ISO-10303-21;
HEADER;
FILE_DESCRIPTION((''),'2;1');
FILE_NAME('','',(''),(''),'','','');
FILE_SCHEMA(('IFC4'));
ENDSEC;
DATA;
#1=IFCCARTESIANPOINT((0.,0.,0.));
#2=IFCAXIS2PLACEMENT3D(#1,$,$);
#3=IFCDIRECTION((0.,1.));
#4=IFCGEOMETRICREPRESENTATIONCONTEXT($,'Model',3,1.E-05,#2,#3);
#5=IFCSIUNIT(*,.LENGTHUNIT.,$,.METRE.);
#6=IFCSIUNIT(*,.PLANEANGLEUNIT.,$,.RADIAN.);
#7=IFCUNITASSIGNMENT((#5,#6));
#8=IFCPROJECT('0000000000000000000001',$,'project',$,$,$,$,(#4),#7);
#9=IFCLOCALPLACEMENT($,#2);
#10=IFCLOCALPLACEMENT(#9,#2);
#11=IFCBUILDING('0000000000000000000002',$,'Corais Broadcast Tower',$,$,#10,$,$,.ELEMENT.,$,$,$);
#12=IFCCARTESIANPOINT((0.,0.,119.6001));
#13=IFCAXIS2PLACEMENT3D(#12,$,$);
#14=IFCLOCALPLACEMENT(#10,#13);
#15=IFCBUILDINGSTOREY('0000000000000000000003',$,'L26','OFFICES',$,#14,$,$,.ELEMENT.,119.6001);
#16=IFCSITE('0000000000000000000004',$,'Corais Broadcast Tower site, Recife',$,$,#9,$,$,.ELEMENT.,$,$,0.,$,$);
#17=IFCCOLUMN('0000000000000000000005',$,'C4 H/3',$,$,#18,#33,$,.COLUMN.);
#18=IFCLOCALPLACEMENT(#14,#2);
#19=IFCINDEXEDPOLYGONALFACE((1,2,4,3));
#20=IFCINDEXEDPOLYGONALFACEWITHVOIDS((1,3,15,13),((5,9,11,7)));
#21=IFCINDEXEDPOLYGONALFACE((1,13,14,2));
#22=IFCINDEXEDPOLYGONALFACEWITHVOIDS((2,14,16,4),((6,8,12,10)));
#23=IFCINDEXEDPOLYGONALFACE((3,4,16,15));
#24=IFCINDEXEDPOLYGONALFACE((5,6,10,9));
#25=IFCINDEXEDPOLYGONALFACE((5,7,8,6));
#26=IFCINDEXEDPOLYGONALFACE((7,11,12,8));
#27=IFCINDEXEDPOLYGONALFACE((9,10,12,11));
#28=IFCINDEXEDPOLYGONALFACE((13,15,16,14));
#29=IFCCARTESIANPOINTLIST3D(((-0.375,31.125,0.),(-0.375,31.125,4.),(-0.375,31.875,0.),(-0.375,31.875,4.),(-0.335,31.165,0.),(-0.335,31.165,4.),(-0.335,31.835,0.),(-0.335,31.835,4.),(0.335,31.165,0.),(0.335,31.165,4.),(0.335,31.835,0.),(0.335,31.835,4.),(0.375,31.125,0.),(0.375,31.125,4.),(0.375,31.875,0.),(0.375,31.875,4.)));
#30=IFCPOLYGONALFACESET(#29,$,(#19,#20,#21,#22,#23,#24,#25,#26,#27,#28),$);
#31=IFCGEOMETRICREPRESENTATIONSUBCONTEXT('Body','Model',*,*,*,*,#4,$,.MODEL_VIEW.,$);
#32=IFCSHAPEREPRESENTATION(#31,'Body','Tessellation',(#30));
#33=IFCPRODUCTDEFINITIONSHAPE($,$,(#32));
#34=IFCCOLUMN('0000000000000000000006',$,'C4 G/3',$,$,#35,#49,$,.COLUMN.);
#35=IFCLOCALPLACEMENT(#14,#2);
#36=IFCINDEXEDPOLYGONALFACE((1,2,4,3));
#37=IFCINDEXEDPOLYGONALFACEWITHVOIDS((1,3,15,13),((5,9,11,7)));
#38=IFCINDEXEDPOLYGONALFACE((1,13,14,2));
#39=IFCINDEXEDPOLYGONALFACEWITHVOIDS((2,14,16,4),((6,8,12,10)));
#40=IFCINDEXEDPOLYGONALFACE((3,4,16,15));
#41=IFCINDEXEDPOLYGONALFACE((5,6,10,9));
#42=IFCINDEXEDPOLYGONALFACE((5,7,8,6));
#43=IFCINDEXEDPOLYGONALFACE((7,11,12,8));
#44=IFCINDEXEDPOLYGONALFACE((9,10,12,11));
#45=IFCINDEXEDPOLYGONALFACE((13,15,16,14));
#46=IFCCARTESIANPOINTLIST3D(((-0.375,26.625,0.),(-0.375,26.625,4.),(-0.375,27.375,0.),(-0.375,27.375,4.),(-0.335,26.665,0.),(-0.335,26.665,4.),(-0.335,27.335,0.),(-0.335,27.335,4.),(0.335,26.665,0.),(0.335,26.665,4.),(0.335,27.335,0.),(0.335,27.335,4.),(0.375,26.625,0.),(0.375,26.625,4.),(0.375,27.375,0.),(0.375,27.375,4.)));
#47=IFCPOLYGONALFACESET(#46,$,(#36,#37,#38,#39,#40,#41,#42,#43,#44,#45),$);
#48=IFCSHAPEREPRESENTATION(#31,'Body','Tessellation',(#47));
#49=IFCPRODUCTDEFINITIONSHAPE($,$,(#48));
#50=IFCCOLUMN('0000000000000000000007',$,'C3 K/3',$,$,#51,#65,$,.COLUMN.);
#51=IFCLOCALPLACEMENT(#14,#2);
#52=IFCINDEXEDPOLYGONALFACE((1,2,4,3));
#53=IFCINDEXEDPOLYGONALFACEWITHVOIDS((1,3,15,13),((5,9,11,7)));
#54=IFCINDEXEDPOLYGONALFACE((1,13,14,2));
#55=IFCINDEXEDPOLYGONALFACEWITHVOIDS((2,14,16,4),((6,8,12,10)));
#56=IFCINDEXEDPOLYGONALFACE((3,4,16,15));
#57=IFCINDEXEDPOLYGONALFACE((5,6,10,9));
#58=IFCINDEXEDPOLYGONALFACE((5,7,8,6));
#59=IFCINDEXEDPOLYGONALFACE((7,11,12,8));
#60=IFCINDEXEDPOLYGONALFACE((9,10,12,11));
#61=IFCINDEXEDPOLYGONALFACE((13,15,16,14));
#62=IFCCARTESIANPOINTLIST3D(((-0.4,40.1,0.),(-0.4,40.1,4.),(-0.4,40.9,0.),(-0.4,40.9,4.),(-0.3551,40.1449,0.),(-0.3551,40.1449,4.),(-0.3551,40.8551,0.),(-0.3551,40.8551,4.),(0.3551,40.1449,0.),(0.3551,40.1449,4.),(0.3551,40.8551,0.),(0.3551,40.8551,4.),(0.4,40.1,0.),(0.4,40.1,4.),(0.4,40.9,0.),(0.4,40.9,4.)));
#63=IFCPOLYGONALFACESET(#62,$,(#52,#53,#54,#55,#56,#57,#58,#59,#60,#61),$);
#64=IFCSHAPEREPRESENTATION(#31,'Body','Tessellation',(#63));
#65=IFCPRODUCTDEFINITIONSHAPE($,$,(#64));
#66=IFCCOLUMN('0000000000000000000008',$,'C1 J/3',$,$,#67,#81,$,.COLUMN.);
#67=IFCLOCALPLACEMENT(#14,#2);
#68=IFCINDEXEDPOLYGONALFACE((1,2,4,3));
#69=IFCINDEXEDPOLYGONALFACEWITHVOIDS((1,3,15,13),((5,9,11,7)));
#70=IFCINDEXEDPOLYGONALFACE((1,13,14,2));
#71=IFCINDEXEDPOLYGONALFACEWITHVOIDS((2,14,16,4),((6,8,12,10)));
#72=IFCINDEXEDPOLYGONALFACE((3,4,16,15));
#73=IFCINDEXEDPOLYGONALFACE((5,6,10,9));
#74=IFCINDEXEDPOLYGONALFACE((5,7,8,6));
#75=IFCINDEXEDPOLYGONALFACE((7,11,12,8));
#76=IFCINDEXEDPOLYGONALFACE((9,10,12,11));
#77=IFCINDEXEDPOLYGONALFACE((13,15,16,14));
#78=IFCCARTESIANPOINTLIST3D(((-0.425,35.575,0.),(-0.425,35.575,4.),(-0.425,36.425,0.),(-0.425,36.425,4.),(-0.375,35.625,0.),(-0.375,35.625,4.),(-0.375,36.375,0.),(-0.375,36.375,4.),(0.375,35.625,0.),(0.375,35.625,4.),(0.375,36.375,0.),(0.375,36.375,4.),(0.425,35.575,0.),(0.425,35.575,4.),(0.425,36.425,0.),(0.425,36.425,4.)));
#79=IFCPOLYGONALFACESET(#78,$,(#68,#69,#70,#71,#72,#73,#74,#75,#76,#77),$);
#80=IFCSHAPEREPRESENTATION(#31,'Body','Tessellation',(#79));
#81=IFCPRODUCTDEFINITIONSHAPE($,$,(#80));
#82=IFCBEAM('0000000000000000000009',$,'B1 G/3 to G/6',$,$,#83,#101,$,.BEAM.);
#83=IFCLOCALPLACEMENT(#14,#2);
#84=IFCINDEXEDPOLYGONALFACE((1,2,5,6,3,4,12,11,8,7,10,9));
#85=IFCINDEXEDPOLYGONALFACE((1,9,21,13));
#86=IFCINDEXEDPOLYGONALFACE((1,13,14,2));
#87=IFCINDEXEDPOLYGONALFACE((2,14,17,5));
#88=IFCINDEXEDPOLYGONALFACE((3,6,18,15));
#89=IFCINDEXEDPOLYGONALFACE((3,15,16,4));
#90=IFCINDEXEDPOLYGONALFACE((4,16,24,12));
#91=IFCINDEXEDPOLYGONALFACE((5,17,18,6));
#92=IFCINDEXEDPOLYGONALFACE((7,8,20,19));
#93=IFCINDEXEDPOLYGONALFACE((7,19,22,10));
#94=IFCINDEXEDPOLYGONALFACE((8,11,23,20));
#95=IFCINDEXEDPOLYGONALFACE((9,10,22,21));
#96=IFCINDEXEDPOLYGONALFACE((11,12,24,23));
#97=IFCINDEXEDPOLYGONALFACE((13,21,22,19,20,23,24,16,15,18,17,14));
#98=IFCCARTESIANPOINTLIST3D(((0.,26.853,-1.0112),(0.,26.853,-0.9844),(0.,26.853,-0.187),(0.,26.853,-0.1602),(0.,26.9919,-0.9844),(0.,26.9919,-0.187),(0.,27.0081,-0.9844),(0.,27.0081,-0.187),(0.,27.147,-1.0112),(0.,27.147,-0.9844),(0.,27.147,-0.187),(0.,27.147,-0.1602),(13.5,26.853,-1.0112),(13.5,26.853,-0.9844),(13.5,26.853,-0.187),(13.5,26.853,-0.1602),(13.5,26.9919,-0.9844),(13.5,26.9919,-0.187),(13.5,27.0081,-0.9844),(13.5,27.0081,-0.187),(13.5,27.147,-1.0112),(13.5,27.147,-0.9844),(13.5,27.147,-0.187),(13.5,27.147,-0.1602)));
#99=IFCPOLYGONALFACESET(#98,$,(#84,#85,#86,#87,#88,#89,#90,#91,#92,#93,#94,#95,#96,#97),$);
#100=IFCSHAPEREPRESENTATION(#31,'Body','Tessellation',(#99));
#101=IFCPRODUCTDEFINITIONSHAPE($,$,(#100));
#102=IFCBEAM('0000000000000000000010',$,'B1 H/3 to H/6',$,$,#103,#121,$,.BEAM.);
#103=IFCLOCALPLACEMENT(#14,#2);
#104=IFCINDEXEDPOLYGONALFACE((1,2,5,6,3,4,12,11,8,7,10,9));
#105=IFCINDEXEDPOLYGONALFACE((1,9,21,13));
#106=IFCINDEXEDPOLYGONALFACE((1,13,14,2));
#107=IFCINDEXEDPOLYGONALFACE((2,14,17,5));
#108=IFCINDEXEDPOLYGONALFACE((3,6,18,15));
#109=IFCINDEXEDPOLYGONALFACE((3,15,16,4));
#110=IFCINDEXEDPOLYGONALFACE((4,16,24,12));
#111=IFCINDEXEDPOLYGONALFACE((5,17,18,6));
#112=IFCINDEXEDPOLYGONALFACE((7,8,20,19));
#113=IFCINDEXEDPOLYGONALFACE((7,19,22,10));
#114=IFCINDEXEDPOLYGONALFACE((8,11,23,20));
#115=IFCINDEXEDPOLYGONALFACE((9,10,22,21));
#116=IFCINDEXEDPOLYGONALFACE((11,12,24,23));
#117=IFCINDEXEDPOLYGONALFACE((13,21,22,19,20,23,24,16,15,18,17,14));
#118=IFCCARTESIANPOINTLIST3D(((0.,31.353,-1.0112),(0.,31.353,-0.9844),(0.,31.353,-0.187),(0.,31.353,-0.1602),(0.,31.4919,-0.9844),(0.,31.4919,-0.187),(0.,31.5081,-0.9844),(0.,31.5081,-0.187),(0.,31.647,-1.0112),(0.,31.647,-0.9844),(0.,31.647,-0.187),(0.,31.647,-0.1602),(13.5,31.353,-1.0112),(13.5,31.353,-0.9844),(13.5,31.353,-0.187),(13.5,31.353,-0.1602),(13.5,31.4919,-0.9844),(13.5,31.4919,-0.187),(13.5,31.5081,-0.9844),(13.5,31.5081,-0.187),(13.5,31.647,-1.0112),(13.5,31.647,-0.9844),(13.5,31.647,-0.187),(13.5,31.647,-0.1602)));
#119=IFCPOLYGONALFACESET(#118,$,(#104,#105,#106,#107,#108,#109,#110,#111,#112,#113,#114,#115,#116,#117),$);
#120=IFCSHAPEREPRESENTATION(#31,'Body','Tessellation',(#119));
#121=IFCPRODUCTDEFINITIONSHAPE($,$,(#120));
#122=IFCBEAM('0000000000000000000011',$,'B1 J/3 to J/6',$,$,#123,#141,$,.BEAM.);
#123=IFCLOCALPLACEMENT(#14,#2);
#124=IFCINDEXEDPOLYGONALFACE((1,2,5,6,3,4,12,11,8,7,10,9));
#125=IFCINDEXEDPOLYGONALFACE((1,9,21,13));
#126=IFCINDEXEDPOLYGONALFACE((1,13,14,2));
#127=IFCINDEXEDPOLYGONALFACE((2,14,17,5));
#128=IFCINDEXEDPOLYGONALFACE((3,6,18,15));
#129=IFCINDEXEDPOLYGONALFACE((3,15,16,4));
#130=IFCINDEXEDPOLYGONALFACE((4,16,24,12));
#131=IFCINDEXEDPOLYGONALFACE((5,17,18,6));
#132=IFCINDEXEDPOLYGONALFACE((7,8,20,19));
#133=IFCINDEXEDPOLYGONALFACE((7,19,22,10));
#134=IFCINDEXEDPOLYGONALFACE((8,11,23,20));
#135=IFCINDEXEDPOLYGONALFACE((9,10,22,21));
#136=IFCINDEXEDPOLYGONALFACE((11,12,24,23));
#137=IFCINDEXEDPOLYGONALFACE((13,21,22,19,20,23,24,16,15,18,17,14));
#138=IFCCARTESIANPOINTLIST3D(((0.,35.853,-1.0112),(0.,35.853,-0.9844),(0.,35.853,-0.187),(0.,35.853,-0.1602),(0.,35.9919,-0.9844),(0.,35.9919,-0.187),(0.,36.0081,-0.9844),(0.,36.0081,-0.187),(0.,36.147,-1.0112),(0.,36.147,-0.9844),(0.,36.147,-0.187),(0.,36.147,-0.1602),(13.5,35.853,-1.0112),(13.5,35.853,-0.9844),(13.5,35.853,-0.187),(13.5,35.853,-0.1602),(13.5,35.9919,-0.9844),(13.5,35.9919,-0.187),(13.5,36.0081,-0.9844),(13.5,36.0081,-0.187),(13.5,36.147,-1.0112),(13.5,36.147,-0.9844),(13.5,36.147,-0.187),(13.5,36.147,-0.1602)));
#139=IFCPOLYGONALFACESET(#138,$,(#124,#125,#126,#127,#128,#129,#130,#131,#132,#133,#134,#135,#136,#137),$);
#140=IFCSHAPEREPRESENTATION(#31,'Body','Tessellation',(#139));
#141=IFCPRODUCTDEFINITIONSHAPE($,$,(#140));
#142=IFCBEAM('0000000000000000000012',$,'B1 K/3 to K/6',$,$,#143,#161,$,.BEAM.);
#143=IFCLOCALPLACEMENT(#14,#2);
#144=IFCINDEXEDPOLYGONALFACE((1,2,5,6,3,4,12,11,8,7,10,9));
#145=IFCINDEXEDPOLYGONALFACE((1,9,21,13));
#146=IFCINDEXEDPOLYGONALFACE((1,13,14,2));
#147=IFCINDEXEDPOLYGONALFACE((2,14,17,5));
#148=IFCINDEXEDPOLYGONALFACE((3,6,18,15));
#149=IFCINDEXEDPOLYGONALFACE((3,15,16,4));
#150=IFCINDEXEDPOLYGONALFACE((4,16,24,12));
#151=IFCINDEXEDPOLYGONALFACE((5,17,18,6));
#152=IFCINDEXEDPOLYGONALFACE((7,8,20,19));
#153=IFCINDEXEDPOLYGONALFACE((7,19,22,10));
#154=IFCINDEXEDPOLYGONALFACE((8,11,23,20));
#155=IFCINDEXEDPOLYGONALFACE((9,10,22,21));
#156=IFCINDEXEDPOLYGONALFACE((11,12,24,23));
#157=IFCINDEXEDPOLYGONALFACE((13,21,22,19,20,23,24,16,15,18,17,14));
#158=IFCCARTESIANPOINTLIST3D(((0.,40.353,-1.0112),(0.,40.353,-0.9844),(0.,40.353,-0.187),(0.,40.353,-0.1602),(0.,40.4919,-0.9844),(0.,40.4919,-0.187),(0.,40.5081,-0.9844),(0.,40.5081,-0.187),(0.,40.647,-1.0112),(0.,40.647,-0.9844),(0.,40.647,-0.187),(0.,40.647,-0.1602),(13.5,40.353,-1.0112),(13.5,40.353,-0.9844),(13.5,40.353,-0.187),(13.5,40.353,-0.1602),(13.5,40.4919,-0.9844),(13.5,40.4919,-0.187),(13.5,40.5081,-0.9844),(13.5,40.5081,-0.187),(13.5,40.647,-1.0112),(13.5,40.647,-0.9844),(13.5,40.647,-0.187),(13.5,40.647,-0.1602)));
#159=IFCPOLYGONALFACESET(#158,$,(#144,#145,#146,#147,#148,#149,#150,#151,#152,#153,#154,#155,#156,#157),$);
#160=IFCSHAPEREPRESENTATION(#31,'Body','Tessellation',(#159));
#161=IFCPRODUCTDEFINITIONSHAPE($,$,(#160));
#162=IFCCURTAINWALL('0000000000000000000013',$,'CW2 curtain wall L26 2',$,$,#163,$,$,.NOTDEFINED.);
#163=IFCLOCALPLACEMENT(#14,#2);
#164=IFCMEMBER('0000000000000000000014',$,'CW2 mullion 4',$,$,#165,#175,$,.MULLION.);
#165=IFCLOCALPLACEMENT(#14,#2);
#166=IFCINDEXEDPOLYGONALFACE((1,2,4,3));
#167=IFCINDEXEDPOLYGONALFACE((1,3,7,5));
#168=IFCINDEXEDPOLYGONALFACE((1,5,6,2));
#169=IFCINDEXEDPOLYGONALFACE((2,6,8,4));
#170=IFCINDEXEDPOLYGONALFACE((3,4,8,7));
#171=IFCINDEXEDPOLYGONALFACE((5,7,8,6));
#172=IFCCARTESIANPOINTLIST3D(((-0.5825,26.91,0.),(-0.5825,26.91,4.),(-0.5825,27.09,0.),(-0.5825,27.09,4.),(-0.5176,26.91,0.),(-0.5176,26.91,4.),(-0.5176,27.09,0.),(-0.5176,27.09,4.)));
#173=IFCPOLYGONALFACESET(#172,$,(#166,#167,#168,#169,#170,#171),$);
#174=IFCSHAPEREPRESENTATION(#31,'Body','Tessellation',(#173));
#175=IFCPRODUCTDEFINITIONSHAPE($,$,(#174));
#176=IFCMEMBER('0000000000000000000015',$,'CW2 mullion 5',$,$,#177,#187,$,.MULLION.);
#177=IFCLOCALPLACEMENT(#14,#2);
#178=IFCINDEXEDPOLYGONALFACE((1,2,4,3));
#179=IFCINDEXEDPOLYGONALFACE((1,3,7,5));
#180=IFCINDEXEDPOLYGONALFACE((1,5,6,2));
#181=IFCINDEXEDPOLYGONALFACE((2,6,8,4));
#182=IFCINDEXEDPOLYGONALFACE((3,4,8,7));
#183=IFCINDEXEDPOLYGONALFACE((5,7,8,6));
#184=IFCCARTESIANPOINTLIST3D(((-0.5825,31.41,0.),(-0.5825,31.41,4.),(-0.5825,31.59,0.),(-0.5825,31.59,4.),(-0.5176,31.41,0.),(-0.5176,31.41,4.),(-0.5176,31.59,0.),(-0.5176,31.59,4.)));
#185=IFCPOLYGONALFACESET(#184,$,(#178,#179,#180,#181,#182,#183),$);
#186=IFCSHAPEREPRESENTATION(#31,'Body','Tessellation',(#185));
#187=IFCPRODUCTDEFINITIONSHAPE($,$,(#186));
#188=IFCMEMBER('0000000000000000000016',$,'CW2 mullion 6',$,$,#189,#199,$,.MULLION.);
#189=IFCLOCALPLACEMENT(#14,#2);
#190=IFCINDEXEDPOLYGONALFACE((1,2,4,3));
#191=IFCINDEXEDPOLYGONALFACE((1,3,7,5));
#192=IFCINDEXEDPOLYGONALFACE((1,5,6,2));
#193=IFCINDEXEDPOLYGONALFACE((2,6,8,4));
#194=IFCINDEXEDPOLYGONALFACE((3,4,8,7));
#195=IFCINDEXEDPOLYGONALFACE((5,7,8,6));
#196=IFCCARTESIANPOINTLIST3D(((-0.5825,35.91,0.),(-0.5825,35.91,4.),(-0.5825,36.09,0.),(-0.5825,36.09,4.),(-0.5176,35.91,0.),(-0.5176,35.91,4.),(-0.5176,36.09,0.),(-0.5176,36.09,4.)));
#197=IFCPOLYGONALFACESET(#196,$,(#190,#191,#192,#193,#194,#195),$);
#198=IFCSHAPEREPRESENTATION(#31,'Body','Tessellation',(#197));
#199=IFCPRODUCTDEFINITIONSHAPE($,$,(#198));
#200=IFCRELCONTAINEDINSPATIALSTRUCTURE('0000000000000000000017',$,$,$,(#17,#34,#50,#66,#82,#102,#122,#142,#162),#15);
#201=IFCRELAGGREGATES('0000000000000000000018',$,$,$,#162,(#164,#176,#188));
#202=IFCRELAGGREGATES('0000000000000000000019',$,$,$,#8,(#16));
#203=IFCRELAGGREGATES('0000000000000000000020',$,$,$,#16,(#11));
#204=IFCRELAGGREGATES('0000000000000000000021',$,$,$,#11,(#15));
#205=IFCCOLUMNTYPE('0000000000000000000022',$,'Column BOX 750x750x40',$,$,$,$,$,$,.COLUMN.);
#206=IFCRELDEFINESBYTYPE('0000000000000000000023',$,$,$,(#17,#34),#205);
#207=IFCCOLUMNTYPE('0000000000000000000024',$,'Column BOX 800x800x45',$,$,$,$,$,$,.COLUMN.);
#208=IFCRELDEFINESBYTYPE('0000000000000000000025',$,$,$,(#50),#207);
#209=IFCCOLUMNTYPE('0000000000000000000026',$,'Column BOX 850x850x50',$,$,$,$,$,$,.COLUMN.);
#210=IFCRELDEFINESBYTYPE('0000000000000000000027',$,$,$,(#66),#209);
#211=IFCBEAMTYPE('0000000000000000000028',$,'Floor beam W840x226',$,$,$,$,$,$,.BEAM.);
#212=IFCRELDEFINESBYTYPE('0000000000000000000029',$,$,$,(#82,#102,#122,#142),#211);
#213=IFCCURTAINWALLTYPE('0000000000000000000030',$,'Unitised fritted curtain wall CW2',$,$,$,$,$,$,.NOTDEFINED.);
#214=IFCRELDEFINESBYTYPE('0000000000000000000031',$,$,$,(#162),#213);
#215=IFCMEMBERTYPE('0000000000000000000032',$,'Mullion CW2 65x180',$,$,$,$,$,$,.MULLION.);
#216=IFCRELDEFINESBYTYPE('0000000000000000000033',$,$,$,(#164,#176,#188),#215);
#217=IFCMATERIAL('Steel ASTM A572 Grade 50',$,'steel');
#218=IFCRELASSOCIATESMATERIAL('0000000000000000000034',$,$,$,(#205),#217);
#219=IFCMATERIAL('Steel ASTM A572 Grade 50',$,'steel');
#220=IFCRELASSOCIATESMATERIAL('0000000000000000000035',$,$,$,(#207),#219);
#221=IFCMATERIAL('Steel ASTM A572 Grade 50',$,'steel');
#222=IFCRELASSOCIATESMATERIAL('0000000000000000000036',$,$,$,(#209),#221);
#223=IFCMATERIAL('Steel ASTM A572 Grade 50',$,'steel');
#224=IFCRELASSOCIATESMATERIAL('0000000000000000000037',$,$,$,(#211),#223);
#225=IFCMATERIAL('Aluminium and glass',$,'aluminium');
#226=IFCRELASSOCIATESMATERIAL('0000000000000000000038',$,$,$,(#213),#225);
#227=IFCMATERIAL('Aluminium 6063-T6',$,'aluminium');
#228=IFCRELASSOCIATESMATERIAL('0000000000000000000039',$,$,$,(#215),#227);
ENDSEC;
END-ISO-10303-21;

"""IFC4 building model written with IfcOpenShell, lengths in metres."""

from ifc_helpers import new_model, si_unit, direction, frame, origin, origin_2d, place, context, subcontext, project, spatial, rectangle, hollow_rectangle, i_section, extrude, material, material_profile, profile_set, type_object, element, aggregate, save


model = new_model("IFC4")

# Units and contexts
model_context = context("Model", 3, precision=1e-05, world=origin(), true_north=direction((0.0, 1.0)))
body_context = subcontext(model_context, "Body", "Model", "MODEL_VIEW")
ifc_project = project(units=[si_unit("LENGTHUNIT", "METRE"), si_unit("PLANEANGLEUNIT", "RADIAN")], contexts=[model_context])

# Site, building, storey
site_placement = place(None, origin())
site = spatial("IfcSite", under=ifc_project, at=site_placement, Name="Corais Broadcast Tower site, Recife", CompositionType="ELEMENT", RefElevation=0.0)
building_placement = place(site_placement, origin())
building = spatial("IfcBuilding", under=site, at=building_placement, Name="Corais Broadcast Tower", CompositionType="ELEMENT")
storey_placement = place(building_placement, frame((0.0, 0.0, 119.6001)))
storey = spatial("IfcBuildingStorey", under=building, at=storey_placement, Name="L26", Description="OFFICES", CompositionType="ELEMENT", Elevation=119.6001)

# Columns
ifc_material_1 = material(Name="Steel ASTM A572 Grade 50", Category="steel")
ifc_material_profile_1 = material_profile(ifc_material_1, hollow_rectangle(XDim=0.75, YDim=0.75, WallThickness=0.04, at=origin_2d()), Name="BOX 750x750x40")
ifc_profile_set_1 = profile_set([ifc_material_profile_1], Name="Steel ASTM A572 Grade 50")
column_type_1 = type_object("IfcColumnType", Name="Column BOX 750x750x40", PredefinedType="COLUMN", material=ifc_profile_set_1)
for number, where, z_axis, x_axis, name in (
    (1, (0.0, 31.5, 0.0), (0.0, 0.0, 1.0), (1.0, 0.0, 0.0), "C4 H/3"),
    (2, (0.0, 27.0, 0.0), (0.0, 0.0, 1.0), (1.0, 0.0, 0.0), "C4 G/3"),
):
    element("IfcColumn", number, at=place(storey_placement, frame(where, z_axis=z_axis, x_axis=x_axis)), inside=storey, type_object=column_type_1, Name=name, PredefinedType="COLUMN", context=body_context, shape_type="SweptSolid", body=[
        extrude(hollow_rectangle(XDim=0.75, YDim=0.75, WallThickness=0.04, at=origin_2d()), origin(), (0.0, 0.0, 1.0), 4.0),
    ])
ifc_material_2 = material(Name="Steel ASTM A572 Grade 50", Category="steel")
ifc_material_profile_2 = material_profile(ifc_material_2, hollow_rectangle(XDim=0.8, YDim=0.8, WallThickness=0.0449, at=origin_2d()), Name="BOX 800x800x45")
ifc_profile_set_2 = profile_set([ifc_material_profile_2], Name="Steel ASTM A572 Grade 50")
column_type_2 = type_object("IfcColumnType", Name="Column BOX 800x800x45", PredefinedType="COLUMN", material=ifc_profile_set_2)
column_1_placement = place(storey_placement, frame((0.0, 40.5, 0.0), z_axis=(0.0, 0.0, 1.0), x_axis=(1.0, 0.0, 0.0)))
element("IfcColumn", 3, at=column_1_placement, inside=storey, type_object=column_type_2, Name="C3 K/3", PredefinedType="COLUMN", context=body_context, shape_type="SweptSolid", body=[
    extrude(hollow_rectangle(XDim=0.8, YDim=0.8, WallThickness=0.0449, at=origin_2d()), origin(), (0.0, 0.0, 1.0), 4.0),
])
ifc_material_3 = material(Name="Steel ASTM A572 Grade 50", Category="steel")
ifc_material_profile_3 = material_profile(ifc_material_3, hollow_rectangle(XDim=0.8501, YDim=0.8501, WallThickness=0.05, at=origin_2d()), Name="BOX 850x850x50")
ifc_profile_set_3 = profile_set([ifc_material_profile_3], Name="Steel ASTM A572 Grade 50")
column_type_3 = type_object("IfcColumnType", Name="Column BOX 850x850x50", PredefinedType="COLUMN", material=ifc_profile_set_3)
column_2_placement = place(storey_placement, frame((0.0, 36.0, 0.0), z_axis=(0.0, 0.0, 1.0), x_axis=(1.0, 0.0, 0.0)))
element("IfcColumn", 4, at=column_2_placement, inside=storey, type_object=column_type_3, Name="C1 J/3", PredefinedType="COLUMN", context=body_context, shape_type="SweptSolid", body=[
    extrude(hollow_rectangle(XDim=0.8501, YDim=0.8501, WallThickness=0.05, at=origin_2d()), origin(), (0.0, 0.0, 1.0), 4.0),
])

# Beams
ifc_material_4 = material(Name="Steel ASTM A572 Grade 50", Category="steel")
ifc_material_profile_4 = material_profile(ifc_material_4, i_section(OverallWidth=0.2939, OverallDepth=0.8511, WebThickness=0.0161, FlangeThickness=0.0269, at=origin_2d()), Name="W840x226")
ifc_profile_set_4 = profile_set([ifc_material_profile_4], Name="Steel ASTM A572 Grade 50")
beam_type_1 = type_object("IfcBeamType", Name="Floor beam W840x226", PredefinedType="BEAM", material=ifc_profile_set_4)
for number, where, z_axis, x_axis, name in (
    (5, (0.0, 27.0, -0.5857), (1.0, 0.0, 0.0), (0.0, 1.0, 0.0), "B1 G/3 to G/6"),
    (6, (0.0, 31.5, -0.5857), (1.0, 0.0, 0.0), (0.0, 1.0, 0.0), "B1 H/3 to H/6"),
    (7, (0.0, 36.0, -0.5857), (1.0, 0.0, 0.0), (0.0, 1.0, 0.0), "B1 J/3 to J/6"),
    (8, (0.0, 40.5, -0.5857), (1.0, 0.0, 0.0), (0.0, 1.0, 0.0), "B1 K/3 to K/6"),
):
    element("IfcBeam", number, at=place(storey_placement, frame(where, z_axis=z_axis, x_axis=x_axis)), inside=storey, type_object=beam_type_1, Name=name, PredefinedType="BEAM", context=body_context, shape_type="SweptSolid", body=[
        extrude(i_section(OverallWidth=0.2939, OverallDepth=0.8511, WebThickness=0.0161, FlangeThickness=0.0269, at=origin_2d()), origin(), (0.0, 0.0, 1.0), 13.5),
    ])

# Curtain wall, members
ifc_material_5 = material(Name="Aluminium and glass", Category="aluminium")
curtain_wall_type = type_object("IfcCurtainWallType", Name="Unitised fritted curtain wall CW2", PredefinedType="NOTDEFINED", material=ifc_material_5)
curtain_wall_placement = place(storey_placement, origin())
curtain_wall = element("IfcCurtainWall", 9, at=curtain_wall_placement, inside=storey, type_object=curtain_wall_type, Name="CW2 curtain wall L26 2", PredefinedType="NOTDEFINED")
ifc_material_6 = material(Name="Aluminium 6063-T6", Category="aluminium")
ifc_material_profile_5 = material_profile(ifc_material_6, rectangle(XDim=0.0649, YDim=0.1799, at=origin_2d()), Name="Mullion CW2 65x180")
ifc_profile_set_5 = profile_set([ifc_material_profile_5], Name="Aluminium 6063-T6")
member_type_1 = type_object("IfcMemberType", Name="Mullion CW2 65x180", PredefinedType="MULLION", material=ifc_profile_set_5)
member_1_placement = place(storey_placement, frame((-0.55, 27.0, 0.0), z_axis=(0.0, 0.0, 1.0), x_axis=(-1.0, 0.0, 0.0)))
member_1 = element("IfcMember", 10, at=member_1_placement, type_object=member_type_1, Name="CW2 mullion 4", PredefinedType="MULLION", context=body_context, shape_type="SweptSolid", body=[
    extrude(rectangle(XDim=0.0649, YDim=0.1799, at=origin_2d()), origin(), (0.0, 0.0, 1.0), 4.0),
])
member_2_placement = place(storey_placement, frame((-0.55, 31.5, 0.0), z_axis=(0.0, 0.0, 1.0), x_axis=(-1.0, 0.0, 0.0)))
member_2 = element("IfcMember", 11, at=member_2_placement, type_object=member_type_1, Name="CW2 mullion 5", PredefinedType="MULLION", context=body_context, shape_type="SweptSolid", body=[
    extrude(rectangle(XDim=0.0649, YDim=0.1799, at=origin_2d()), origin(), (0.0, 0.0, 1.0), 4.0),
])
member_3_placement = place(storey_placement, frame((-0.55, 36.0, 0.0), z_axis=(0.0, 0.0, 1.0), x_axis=(-1.0, 0.0, 0.0)))
member_3 = element("IfcMember", 12, at=member_3_placement, type_object=member_type_1, Name="CW2 mullion 6", PredefinedType="MULLION", context=body_context, shape_type="SweptSolid", body=[
    extrude(rectangle(XDim=0.0649, YDim=0.1799, at=origin_2d()), origin(), (0.0, 0.0, 1.0), 4.0),
])

aggregate(curtain_wall, [member_1, member_2, member_3])

save(model, "model.ifc")
